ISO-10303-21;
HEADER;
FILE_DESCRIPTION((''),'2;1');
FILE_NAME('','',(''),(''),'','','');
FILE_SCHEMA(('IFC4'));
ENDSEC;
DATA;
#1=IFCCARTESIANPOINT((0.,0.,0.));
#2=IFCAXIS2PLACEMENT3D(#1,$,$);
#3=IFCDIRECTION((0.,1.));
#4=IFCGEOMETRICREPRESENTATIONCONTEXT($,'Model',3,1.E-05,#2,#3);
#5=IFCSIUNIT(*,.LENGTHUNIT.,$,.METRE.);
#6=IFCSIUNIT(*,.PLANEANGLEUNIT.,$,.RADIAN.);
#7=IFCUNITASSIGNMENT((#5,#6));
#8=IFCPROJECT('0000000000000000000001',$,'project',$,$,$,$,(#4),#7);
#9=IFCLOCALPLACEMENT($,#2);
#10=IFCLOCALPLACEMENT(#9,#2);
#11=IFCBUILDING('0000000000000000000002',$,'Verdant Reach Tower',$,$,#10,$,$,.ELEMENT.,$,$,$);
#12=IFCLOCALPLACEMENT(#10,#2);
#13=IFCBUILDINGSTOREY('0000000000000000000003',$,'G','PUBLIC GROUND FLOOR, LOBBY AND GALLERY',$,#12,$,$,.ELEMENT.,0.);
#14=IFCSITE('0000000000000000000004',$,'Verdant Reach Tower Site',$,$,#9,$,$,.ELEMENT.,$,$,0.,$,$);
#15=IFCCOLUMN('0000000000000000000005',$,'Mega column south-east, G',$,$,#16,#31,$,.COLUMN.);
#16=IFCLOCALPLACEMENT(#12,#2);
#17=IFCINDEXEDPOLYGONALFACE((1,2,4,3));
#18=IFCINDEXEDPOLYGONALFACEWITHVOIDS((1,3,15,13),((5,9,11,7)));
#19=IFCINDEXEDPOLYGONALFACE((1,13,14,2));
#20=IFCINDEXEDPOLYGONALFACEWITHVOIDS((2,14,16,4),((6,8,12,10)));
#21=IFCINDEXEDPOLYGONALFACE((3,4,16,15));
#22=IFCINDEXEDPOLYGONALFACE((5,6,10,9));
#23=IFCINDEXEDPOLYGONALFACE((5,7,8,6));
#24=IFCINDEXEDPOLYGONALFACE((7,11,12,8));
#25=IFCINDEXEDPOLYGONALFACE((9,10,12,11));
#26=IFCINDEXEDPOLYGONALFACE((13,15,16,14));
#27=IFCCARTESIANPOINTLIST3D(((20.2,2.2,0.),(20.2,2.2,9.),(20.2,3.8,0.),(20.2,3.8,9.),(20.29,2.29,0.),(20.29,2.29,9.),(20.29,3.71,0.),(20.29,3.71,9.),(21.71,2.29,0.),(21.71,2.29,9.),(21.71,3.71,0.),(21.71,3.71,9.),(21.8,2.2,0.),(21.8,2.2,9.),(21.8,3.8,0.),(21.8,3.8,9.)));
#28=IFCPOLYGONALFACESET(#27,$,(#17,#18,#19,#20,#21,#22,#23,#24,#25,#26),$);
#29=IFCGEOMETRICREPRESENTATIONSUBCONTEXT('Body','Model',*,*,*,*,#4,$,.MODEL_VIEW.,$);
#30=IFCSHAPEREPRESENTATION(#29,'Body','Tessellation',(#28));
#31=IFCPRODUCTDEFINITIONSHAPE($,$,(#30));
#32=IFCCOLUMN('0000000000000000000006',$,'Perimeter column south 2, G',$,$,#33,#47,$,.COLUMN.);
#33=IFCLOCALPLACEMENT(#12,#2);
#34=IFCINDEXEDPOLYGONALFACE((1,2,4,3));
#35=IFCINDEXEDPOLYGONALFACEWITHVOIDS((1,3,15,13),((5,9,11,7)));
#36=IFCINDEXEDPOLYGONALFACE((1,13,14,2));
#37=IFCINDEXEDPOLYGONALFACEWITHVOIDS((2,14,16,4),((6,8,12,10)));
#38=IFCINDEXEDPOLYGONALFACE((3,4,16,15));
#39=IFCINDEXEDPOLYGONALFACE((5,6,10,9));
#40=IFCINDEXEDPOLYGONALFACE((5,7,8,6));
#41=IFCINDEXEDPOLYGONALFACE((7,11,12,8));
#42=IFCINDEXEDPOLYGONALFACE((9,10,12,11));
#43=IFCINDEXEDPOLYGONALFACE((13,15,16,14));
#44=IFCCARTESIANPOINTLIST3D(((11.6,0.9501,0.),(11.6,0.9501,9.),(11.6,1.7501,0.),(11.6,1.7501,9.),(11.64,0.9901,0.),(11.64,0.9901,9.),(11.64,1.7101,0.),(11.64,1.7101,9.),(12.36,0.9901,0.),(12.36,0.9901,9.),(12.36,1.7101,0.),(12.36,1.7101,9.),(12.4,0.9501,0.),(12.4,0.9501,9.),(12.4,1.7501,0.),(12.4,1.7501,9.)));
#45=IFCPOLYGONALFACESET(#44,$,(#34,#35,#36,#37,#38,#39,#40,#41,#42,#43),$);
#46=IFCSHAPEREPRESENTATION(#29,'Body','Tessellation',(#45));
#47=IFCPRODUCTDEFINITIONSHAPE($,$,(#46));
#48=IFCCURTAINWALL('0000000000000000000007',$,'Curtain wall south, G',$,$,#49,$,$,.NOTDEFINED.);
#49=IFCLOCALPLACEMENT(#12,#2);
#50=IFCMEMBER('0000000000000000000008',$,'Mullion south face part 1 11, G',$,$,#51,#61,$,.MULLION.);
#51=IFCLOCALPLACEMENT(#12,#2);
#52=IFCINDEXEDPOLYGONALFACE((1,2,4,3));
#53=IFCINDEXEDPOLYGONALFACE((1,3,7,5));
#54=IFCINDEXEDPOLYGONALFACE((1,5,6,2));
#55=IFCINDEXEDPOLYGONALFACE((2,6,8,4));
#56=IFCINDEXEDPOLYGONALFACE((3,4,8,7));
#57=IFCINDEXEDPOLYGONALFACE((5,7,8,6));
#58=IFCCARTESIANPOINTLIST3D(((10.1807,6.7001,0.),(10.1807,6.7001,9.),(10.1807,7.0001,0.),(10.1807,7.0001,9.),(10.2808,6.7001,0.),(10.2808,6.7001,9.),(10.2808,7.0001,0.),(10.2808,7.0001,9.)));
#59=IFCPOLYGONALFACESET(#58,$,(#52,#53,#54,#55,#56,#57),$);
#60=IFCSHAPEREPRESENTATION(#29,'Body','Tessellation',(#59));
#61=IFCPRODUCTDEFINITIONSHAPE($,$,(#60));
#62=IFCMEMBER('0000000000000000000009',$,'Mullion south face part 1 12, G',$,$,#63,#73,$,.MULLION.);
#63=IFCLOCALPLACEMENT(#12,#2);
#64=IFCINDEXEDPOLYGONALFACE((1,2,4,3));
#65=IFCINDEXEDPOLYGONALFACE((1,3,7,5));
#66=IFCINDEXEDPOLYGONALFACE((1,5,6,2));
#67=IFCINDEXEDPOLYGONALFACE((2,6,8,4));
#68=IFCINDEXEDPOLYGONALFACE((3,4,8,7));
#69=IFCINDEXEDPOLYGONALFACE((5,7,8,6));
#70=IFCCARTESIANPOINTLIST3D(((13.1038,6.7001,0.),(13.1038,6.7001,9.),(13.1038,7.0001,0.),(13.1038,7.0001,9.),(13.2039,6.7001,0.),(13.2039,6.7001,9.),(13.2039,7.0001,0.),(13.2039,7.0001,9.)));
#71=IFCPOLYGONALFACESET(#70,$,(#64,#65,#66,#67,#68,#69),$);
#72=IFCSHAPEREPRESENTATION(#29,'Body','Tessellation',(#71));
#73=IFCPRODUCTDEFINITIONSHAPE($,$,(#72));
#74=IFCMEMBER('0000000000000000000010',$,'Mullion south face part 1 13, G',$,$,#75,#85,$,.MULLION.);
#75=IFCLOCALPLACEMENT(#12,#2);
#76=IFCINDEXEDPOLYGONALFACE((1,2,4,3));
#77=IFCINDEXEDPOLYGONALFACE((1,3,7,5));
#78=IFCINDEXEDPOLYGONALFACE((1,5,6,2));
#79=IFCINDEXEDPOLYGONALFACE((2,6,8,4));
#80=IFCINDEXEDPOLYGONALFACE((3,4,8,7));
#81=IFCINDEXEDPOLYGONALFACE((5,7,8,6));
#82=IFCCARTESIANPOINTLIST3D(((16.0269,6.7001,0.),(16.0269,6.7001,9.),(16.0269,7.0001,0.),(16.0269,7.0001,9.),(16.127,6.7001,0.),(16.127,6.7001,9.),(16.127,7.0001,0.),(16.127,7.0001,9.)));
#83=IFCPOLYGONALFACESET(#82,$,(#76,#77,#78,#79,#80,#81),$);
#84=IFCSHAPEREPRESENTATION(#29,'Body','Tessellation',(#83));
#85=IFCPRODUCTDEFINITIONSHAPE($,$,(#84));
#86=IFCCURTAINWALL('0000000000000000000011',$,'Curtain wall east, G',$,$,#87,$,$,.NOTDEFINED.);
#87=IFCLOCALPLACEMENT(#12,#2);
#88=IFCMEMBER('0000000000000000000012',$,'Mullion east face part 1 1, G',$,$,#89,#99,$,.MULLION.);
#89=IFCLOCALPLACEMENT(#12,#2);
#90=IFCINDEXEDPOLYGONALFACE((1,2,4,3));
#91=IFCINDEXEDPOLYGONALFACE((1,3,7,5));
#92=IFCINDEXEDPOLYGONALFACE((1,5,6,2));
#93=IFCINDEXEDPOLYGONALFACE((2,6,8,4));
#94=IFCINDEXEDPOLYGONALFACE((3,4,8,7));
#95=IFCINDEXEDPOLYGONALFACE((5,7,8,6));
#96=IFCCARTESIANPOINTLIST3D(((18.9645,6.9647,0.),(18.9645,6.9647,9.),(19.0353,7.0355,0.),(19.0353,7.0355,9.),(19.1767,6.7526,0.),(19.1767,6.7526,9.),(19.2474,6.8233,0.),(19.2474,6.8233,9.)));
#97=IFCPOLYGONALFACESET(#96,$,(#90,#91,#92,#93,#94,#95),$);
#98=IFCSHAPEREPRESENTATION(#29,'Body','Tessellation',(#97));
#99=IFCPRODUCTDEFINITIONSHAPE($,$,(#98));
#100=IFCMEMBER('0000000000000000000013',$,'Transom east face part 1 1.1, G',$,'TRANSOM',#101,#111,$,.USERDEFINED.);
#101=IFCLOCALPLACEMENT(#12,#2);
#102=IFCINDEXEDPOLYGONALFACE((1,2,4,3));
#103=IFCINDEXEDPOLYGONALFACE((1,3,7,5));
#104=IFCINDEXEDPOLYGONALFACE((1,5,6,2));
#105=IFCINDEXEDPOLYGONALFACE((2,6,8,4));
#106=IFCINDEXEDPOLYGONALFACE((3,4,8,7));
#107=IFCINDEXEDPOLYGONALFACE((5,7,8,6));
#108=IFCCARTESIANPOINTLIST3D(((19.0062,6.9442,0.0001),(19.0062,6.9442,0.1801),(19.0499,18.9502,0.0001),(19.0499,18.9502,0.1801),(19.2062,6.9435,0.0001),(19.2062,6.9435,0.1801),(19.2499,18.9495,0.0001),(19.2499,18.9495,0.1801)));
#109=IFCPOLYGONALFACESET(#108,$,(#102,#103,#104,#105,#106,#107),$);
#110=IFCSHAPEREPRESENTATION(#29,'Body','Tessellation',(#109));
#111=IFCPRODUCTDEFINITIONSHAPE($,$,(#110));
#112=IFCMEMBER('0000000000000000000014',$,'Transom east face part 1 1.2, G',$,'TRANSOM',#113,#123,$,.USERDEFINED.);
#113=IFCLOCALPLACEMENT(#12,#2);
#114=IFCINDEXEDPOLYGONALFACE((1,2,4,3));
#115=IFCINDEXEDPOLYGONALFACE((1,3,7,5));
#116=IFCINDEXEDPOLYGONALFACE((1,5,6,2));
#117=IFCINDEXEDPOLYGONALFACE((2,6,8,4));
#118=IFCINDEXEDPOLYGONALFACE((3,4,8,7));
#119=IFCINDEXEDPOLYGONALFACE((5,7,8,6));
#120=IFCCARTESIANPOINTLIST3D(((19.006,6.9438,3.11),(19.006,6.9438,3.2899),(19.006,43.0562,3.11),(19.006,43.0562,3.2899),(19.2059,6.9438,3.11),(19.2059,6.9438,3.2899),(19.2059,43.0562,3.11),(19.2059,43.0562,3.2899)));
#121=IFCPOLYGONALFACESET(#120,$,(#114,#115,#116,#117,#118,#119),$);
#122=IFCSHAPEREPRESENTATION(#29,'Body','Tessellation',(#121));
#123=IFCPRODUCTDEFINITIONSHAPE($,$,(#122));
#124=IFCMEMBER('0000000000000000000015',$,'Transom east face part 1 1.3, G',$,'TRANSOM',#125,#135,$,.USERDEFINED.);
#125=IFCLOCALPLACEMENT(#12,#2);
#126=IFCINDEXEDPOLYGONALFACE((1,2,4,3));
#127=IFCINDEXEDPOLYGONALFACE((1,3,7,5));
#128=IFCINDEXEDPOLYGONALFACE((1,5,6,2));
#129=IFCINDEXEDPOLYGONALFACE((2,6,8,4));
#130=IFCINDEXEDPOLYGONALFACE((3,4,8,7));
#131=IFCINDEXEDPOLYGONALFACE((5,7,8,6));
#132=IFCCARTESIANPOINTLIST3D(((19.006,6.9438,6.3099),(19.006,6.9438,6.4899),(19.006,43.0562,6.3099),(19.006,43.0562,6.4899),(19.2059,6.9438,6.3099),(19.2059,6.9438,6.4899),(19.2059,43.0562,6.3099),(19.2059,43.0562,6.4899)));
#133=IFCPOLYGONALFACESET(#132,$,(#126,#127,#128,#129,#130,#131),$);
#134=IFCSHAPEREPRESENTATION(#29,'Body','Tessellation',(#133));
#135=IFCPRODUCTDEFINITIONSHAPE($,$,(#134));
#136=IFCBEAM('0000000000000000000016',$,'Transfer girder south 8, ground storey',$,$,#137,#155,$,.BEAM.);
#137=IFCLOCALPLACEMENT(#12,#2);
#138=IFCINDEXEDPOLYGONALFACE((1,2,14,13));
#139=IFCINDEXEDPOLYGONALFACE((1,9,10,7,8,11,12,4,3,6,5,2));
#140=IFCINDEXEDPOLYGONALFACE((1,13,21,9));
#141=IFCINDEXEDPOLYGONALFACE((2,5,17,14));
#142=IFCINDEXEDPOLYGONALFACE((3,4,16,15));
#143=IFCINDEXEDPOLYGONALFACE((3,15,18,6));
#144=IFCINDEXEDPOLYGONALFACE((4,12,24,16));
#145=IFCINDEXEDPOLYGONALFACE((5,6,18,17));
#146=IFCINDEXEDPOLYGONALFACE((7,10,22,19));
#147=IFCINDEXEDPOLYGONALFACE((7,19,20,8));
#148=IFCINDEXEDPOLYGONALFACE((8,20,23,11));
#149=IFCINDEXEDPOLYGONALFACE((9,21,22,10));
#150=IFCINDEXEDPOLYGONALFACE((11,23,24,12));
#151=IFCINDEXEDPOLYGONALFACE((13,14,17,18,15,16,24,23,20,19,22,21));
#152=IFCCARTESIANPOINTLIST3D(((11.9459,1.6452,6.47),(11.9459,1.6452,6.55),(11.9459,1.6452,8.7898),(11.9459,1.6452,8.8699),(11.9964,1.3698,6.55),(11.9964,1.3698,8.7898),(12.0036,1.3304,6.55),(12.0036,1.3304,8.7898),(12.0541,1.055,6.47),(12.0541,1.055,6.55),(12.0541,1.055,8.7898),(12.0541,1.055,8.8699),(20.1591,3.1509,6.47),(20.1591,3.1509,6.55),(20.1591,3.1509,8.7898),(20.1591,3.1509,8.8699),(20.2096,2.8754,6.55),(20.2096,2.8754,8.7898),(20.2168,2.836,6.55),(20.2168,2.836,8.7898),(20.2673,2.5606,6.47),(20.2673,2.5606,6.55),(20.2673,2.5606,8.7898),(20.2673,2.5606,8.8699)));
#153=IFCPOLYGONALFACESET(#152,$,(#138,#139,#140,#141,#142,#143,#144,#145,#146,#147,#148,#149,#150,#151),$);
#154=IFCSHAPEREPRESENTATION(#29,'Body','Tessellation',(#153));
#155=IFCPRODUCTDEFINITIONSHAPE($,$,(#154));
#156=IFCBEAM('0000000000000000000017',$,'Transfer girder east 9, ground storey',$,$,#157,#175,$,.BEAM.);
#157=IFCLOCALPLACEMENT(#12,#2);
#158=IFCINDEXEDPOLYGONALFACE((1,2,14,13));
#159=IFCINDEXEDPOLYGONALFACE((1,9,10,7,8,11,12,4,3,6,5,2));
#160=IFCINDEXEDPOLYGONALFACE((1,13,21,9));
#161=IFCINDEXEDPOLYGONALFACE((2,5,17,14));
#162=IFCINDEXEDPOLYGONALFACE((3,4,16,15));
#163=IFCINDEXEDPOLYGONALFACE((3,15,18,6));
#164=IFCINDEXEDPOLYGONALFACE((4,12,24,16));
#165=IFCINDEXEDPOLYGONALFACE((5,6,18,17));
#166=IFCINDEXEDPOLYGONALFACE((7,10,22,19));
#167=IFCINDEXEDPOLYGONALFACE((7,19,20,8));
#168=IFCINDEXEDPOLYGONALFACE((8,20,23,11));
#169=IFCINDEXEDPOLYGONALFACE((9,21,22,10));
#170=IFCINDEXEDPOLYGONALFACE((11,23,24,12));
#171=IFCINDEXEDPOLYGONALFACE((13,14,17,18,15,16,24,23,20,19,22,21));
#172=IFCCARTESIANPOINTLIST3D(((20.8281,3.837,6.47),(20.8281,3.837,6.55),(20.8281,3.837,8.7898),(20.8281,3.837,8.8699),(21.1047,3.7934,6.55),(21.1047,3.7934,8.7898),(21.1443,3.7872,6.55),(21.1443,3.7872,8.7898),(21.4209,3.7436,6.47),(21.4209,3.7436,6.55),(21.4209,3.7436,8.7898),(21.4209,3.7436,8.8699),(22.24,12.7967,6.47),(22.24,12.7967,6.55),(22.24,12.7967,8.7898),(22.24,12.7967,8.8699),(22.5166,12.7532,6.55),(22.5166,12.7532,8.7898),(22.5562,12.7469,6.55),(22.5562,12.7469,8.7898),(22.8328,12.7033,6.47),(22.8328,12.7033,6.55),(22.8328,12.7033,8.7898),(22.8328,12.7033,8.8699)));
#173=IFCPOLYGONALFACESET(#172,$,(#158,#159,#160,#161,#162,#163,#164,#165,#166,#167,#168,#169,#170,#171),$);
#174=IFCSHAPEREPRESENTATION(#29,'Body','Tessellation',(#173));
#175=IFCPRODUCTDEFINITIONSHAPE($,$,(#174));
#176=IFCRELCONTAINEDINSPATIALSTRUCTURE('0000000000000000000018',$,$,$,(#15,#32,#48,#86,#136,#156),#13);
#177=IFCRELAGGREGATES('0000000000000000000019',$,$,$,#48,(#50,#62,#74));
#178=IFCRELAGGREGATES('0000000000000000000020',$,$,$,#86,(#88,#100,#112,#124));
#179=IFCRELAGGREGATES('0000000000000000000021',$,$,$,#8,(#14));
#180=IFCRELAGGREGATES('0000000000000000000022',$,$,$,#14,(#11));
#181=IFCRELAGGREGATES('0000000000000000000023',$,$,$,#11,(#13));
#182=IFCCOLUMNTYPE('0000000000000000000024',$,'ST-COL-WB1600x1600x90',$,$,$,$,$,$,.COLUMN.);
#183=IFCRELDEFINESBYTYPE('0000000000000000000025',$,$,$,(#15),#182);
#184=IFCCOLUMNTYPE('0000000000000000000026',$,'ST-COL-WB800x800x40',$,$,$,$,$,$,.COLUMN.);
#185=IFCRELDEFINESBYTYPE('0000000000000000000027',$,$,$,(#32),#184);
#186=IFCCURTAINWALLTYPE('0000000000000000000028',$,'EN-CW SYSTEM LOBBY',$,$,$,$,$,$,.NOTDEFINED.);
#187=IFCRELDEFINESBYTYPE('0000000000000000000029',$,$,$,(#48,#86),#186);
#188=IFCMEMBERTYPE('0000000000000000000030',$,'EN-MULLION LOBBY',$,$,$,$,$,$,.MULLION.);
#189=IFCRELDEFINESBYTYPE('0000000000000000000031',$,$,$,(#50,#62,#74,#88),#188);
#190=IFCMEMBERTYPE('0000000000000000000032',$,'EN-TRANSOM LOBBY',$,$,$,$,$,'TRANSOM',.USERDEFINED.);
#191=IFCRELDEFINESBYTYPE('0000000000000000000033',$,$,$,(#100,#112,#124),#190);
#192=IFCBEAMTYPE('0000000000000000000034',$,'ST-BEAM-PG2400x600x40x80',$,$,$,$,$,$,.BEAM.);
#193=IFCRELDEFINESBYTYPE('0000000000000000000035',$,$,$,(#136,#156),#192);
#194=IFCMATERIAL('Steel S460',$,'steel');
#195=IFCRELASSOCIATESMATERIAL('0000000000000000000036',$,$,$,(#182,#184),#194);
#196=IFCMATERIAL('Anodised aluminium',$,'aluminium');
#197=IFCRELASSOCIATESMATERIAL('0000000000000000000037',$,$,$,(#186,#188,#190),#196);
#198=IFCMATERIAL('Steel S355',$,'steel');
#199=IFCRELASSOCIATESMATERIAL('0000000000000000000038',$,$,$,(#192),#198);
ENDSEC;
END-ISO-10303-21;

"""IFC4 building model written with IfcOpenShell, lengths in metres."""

from ifc_helpers import new_model, si_unit, direction, frame, origin, origin_2d, place, context, subcontext, project, spatial, rectangle, hollow_rectangle, i_section, extrude, material, material_profile, profile_set, type_object, element, aggregate, save


model = new_model("IFC4")

# Units and contexts
model_context = context("Model", 3, precision=1e-05, world=origin(), true_north=direction((0.0, 1.0)))
body_context = subcontext(model_context, "Body", "Model", "MODEL_VIEW")
ifc_project = project(units=[si_unit("LENGTHUNIT", "METRE"), si_unit("PLANEANGLEUNIT", "RADIAN")], contexts=[model_context])

# Site, building, storey
site_placement = place(None, origin())
site = spatial("IfcSite", under=ifc_project, at=site_placement, Name="Verdant Reach Tower Site", CompositionType="ELEMENT", RefElevation=0.0)
building_placement = place(site_placement, origin())
building = spatial("IfcBuilding", under=site, at=building_placement, Name="Verdant Reach Tower", CompositionType="ELEMENT")
storey_placement = place(building_placement, origin())
storey = spatial("IfcBuildingStorey", under=building, at=storey_placement, Name="G", Description="PUBLIC GROUND FLOOR, LOBBY AND GALLERY", CompositionType="ELEMENT", Elevation=0.0)

# Columns
ifc_material_1 = material(Name="Steel S460", Category="steel")
ifc_material_profile_1 = material_profile(ifc_material_1, hollow_rectangle(XDim=1.6001, YDim=1.6001, WallThickness=0.0901, at=origin_2d()), Name="WB 1600x1600x90")
ifc_profile_set_1 = profile_set([ifc_material_profile_1], Name="Steel S460")
column_type_1 = type_object("IfcColumnType", Name="ST-COL-WB1600x1600x90", PredefinedType="COLUMN", material=ifc_profile_set_1)
column_1_placement = place(storey_placement, frame((21.0, 3.0, 0.0), z_axis=(0.0, 0.0, 1.0), x_axis=(1.0, 0.0, 0.0)))
element("IfcColumn", 1, at=column_1_placement, inside=storey, type_object=column_type_1, Name="Mega column south-east, G", PredefinedType="COLUMN", context=body_context, shape_type="SweptSolid", body=[
    extrude(hollow_rectangle(XDim=1.6001, YDim=1.6001, WallThickness=0.0901, at=origin_2d()), origin(), (0.0, 0.0, 1.0), 9.0),
])
ifc_material_profile_2 = material_profile(ifc_material_1, hollow_rectangle(XDim=0.8, YDim=0.8, WallThickness=0.04, at=origin_2d()), Name="WB 800x800x40")
ifc_profile_set_2 = profile_set([ifc_material_profile_2], Name="Steel S460")
column_type_2 = type_object("IfcColumnType", Name="ST-COL-WB800x800x40", PredefinedType="COLUMN", material=ifc_profile_set_2)
column_2_placement = place(storey_placement, frame((12.0, 1.3501, 0.0), z_axis=(0.0, 0.0, 1.0), x_axis=(1.0, 0.0, 0.0)))
element("IfcColumn", 2, at=column_2_placement, inside=storey, type_object=column_type_2, Name="Perimeter column south 2, G", PredefinedType="COLUMN", context=body_context, shape_type="SweptSolid", body=[
    extrude(hollow_rectangle(XDim=0.8, YDim=0.8, WallThickness=0.04, at=origin_2d()), origin(), (0.0, 0.0, 1.0), 9.0),
])

# Curtain walls, members
ifc_material_2 = material(Name="Anodised aluminium", Category="aluminium")
curtain_wall_type = type_object("IfcCurtainWallType", Name="EN-CW SYSTEM LOBBY", PredefinedType="NOTDEFINED", material=ifc_material_2)
curtain_wall_1_placement = place(storey_placement, origin())
curtain_wall_1 = element("IfcCurtainWall", 3, at=curtain_wall_1_placement, inside=storey, type_object=curtain_wall_type, Name="Curtain wall south, G", PredefinedType="NOTDEFINED")
ifc_material_profile_3 = material_profile(ifc_material_2, rectangle(XDim=0.3, YDim=0.1001, at=origin_2d()), Name="Mullion 100x300")
ifc_profile_set_3 = profile_set([ifc_material_profile_3], Name="Anodised aluminium")
member_type_1 = type_object("IfcMemberType", Name="EN-MULLION LOBBY", PredefinedType="MULLION", material=ifc_profile_set_3)
member_1_placement = place(storey_placement, frame((10.2307, 6.8501, 0.0), z_axis=(0.0, 0.0, 1.0), x_axis=(0.0, -1.0, 0.0)))
member_1 = element("IfcMember", 4, at=member_1_placement, type_object=member_type_1, Name="Mullion south face part 1 11, G", PredefinedType="MULLION", context=body_context, shape_type="SweptSolid", body=[
    extrude(rectangle(XDim=0.3, YDim=0.1001, at=origin_2d()), origin(), (0.0, 0.0, 1.0), 9.0),
])
member_2_placement = place(storey_placement, frame((13.1538, 6.8501, 0.0), z_axis=(0.0, 0.0, 1.0), x_axis=(0.0, -1.0, 0.0)))
member_2 = element("IfcMember", 5, at=member_2_placement, type_object=member_type_1, Name="Mullion south face part 1 12, G", PredefinedType="MULLION", context=body_context, shape_type="SweptSolid", body=[
    extrude(rectangle(XDim=0.3, YDim=0.1001, at=origin_2d()), origin(), (0.0, 0.0, 1.0), 9.0),
])
member_3_placement = place(storey_placement, frame((16.0769, 6.8501, 0.0), z_axis=(0.0, 0.0, 1.0), x_axis=(0.0, -1.0, 0.0)))
member_3 = element("IfcMember", 6, at=member_3_placement, type_object=member_type_1, Name="Mullion south face part 1 13, G", PredefinedType="MULLION", context=body_context, shape_type="SweptSolid", body=[
    extrude(rectangle(XDim=0.3, YDim=0.1001, at=origin_2d()), origin(), (0.0, 0.0, 1.0), 9.0),
])
curtain_wall_2_placement = place(storey_placement, origin())
curtain_wall_2 = element("IfcCurtainWall", 7, at=curtain_wall_2_placement, inside=storey, type_object=curtain_wall_type, Name="Curtain wall east, G", PredefinedType="NOTDEFINED")
member_4_placement = place(storey_placement, frame((19.106, 6.894, 0.0), z_axis=(0.0, 0.0, 1.0), x_axis=(0.707107, -0.707107, 0.0)))
member_4 = element("IfcMember", 8, at=member_4_placement, type_object=member_type_1, Name="Mullion east face part 1 1, G", PredefinedType="MULLION", context=body_context, shape_type="SweptSolid", body=[
    extrude(rectangle(XDim=0.3, YDim=0.1001, at=origin_2d()), origin(), (0.0, 0.0, 1.0), 9.0),
])
ifc_material_profile_4 = material_profile(ifc_material_2, rectangle(XDim=0.2, YDim=0.1799, at=origin_2d()), Name="Transom 180x200")
ifc_profile_set_4 = profile_set([ifc_material_profile_4], Name="Anodised aluminium")
member_type_2 = type_object("IfcMemberType", Name="EN-TRANSOM LOBBY", ElementType="TRANSOM", PredefinedType="USERDEFINED", material=ifc_profile_set_4)
member_5_placement = place(storey_placement, frame((19.1062, 6.9438, 0.0901), z_axis=(0.00364, 0.999993, 0.0), x_axis=(-0.999993, 0.00364, 0.0)))
member_5 = element("IfcMember", 9, at=member_5_placement, type_object=member_type_2, Name="Transom east face part 1 1.1, G", ObjectType="TRANSOM", PredefinedType="USERDEFINED", context=body_context, shape_type="SweptSolid", body=[
    extrude(rectangle(XDim=0.2, YDim=0.1799, at=origin_2d()), origin(), (0.0, 0.0, 1.0), 12.0061),
])
member_6_placement = place(storey_placement, frame((19.106, 6.9438, 3.2), z_axis=(0.0, 1.0, 0.0), x_axis=(-1.0, 0.0, 0.0)))
member_6 = element("IfcMember", 10, at=member_6_placement, type_object=member_type_2, Name="Transom east face part 1 1.2, G", ObjectType="TRANSOM", PredefinedType="USERDEFINED", context=body_context, shape_type="SweptSolid", body=[
    extrude(rectangle(XDim=0.2, YDim=0.1799, at=origin_2d()), origin(), (0.0, 0.0, 1.0), 36.1123),
])
member_7_placement = place(storey_placement, frame((19.106, 6.9438, 6.3999), z_axis=(0.0, 1.0, 0.0), x_axis=(-1.0, 0.0, 0.0)))
member_7 = element("IfcMember", 11, at=member_7_placement, type_object=member_type_2, Name="Transom east face part 1 1.3, G", ObjectType="TRANSOM", PredefinedType="USERDEFINED", context=body_context, shape_type="SweptSolid", body=[
    extrude(rectangle(XDim=0.2, YDim=0.1799, at=origin_2d()), origin(), (0.0, 0.0, 1.0), 36.1123),
])

# Beams
ifc_material_3 = material(Name="Steel S355", Category="steel")
ifc_material_profile_5 = material_profile(ifc_material_3, i_section(OverallWidth=0.6001, OverallDepth=2.3999, WebThickness=0.04, FlangeThickness=0.0801, at=origin_2d()), Name="PG 2400x600x40x80")
ifc_profile_set_5 = profile_set([ifc_material_profile_5], Name="Steel S355")
beam_type_1 = type_object("IfcBeamType", Name="ST-BEAM-PG2400x600x40x80", PredefinedType="BEAM", material=ifc_profile_set_5)
beam_1_placement = place(storey_placement, frame((12.0, 1.3501, 7.6699), z_axis=(0.983609, 0.180313, 0.0), x_axis=(-0.180313, 0.983609, 0.0)))
element("IfcBeam", 12, at=beam_1_placement, inside=storey, type_object=beam_type_1, Name="Transfer girder south 8, ground storey", PredefinedType="BEAM", context=body_context, shape_type="SweptSolid", body=[
    extrude(i_section(OverallWidth=0.6001, OverallDepth=2.3999, WebThickness=0.04, FlangeThickness=0.0801, at=origin_2d()), origin(), (0.0, 0.0, 1.0), 8.3501),
])
beam_2_placement = place(storey_placement, frame((21.1245, 3.7903, 7.6699), z_axis=(0.155658, 0.987811, 0.0), x_axis=(-0.987811, 0.155658, 0.0)))
element("IfcBeam", 13, at=beam_2_placement, inside=storey, type_object=beam_type_1, Name="Transfer girder east 9, ground storey", PredefinedType="BEAM", context=body_context, shape_type="SweptSolid", body=[
    extrude(i_section(OverallWidth=0.6001, OverallDepth=2.3999, WebThickness=0.04, FlangeThickness=0.0801, at=origin_2d()), origin(), (0.0, 0.0, 1.0), 9.0703),
])

aggregate(curtain_wall_1, [member_1, member_2, member_3])
aggregate(curtain_wall_2, [member_4, member_5, member_6, member_7])

save(model, "model.ifc")
